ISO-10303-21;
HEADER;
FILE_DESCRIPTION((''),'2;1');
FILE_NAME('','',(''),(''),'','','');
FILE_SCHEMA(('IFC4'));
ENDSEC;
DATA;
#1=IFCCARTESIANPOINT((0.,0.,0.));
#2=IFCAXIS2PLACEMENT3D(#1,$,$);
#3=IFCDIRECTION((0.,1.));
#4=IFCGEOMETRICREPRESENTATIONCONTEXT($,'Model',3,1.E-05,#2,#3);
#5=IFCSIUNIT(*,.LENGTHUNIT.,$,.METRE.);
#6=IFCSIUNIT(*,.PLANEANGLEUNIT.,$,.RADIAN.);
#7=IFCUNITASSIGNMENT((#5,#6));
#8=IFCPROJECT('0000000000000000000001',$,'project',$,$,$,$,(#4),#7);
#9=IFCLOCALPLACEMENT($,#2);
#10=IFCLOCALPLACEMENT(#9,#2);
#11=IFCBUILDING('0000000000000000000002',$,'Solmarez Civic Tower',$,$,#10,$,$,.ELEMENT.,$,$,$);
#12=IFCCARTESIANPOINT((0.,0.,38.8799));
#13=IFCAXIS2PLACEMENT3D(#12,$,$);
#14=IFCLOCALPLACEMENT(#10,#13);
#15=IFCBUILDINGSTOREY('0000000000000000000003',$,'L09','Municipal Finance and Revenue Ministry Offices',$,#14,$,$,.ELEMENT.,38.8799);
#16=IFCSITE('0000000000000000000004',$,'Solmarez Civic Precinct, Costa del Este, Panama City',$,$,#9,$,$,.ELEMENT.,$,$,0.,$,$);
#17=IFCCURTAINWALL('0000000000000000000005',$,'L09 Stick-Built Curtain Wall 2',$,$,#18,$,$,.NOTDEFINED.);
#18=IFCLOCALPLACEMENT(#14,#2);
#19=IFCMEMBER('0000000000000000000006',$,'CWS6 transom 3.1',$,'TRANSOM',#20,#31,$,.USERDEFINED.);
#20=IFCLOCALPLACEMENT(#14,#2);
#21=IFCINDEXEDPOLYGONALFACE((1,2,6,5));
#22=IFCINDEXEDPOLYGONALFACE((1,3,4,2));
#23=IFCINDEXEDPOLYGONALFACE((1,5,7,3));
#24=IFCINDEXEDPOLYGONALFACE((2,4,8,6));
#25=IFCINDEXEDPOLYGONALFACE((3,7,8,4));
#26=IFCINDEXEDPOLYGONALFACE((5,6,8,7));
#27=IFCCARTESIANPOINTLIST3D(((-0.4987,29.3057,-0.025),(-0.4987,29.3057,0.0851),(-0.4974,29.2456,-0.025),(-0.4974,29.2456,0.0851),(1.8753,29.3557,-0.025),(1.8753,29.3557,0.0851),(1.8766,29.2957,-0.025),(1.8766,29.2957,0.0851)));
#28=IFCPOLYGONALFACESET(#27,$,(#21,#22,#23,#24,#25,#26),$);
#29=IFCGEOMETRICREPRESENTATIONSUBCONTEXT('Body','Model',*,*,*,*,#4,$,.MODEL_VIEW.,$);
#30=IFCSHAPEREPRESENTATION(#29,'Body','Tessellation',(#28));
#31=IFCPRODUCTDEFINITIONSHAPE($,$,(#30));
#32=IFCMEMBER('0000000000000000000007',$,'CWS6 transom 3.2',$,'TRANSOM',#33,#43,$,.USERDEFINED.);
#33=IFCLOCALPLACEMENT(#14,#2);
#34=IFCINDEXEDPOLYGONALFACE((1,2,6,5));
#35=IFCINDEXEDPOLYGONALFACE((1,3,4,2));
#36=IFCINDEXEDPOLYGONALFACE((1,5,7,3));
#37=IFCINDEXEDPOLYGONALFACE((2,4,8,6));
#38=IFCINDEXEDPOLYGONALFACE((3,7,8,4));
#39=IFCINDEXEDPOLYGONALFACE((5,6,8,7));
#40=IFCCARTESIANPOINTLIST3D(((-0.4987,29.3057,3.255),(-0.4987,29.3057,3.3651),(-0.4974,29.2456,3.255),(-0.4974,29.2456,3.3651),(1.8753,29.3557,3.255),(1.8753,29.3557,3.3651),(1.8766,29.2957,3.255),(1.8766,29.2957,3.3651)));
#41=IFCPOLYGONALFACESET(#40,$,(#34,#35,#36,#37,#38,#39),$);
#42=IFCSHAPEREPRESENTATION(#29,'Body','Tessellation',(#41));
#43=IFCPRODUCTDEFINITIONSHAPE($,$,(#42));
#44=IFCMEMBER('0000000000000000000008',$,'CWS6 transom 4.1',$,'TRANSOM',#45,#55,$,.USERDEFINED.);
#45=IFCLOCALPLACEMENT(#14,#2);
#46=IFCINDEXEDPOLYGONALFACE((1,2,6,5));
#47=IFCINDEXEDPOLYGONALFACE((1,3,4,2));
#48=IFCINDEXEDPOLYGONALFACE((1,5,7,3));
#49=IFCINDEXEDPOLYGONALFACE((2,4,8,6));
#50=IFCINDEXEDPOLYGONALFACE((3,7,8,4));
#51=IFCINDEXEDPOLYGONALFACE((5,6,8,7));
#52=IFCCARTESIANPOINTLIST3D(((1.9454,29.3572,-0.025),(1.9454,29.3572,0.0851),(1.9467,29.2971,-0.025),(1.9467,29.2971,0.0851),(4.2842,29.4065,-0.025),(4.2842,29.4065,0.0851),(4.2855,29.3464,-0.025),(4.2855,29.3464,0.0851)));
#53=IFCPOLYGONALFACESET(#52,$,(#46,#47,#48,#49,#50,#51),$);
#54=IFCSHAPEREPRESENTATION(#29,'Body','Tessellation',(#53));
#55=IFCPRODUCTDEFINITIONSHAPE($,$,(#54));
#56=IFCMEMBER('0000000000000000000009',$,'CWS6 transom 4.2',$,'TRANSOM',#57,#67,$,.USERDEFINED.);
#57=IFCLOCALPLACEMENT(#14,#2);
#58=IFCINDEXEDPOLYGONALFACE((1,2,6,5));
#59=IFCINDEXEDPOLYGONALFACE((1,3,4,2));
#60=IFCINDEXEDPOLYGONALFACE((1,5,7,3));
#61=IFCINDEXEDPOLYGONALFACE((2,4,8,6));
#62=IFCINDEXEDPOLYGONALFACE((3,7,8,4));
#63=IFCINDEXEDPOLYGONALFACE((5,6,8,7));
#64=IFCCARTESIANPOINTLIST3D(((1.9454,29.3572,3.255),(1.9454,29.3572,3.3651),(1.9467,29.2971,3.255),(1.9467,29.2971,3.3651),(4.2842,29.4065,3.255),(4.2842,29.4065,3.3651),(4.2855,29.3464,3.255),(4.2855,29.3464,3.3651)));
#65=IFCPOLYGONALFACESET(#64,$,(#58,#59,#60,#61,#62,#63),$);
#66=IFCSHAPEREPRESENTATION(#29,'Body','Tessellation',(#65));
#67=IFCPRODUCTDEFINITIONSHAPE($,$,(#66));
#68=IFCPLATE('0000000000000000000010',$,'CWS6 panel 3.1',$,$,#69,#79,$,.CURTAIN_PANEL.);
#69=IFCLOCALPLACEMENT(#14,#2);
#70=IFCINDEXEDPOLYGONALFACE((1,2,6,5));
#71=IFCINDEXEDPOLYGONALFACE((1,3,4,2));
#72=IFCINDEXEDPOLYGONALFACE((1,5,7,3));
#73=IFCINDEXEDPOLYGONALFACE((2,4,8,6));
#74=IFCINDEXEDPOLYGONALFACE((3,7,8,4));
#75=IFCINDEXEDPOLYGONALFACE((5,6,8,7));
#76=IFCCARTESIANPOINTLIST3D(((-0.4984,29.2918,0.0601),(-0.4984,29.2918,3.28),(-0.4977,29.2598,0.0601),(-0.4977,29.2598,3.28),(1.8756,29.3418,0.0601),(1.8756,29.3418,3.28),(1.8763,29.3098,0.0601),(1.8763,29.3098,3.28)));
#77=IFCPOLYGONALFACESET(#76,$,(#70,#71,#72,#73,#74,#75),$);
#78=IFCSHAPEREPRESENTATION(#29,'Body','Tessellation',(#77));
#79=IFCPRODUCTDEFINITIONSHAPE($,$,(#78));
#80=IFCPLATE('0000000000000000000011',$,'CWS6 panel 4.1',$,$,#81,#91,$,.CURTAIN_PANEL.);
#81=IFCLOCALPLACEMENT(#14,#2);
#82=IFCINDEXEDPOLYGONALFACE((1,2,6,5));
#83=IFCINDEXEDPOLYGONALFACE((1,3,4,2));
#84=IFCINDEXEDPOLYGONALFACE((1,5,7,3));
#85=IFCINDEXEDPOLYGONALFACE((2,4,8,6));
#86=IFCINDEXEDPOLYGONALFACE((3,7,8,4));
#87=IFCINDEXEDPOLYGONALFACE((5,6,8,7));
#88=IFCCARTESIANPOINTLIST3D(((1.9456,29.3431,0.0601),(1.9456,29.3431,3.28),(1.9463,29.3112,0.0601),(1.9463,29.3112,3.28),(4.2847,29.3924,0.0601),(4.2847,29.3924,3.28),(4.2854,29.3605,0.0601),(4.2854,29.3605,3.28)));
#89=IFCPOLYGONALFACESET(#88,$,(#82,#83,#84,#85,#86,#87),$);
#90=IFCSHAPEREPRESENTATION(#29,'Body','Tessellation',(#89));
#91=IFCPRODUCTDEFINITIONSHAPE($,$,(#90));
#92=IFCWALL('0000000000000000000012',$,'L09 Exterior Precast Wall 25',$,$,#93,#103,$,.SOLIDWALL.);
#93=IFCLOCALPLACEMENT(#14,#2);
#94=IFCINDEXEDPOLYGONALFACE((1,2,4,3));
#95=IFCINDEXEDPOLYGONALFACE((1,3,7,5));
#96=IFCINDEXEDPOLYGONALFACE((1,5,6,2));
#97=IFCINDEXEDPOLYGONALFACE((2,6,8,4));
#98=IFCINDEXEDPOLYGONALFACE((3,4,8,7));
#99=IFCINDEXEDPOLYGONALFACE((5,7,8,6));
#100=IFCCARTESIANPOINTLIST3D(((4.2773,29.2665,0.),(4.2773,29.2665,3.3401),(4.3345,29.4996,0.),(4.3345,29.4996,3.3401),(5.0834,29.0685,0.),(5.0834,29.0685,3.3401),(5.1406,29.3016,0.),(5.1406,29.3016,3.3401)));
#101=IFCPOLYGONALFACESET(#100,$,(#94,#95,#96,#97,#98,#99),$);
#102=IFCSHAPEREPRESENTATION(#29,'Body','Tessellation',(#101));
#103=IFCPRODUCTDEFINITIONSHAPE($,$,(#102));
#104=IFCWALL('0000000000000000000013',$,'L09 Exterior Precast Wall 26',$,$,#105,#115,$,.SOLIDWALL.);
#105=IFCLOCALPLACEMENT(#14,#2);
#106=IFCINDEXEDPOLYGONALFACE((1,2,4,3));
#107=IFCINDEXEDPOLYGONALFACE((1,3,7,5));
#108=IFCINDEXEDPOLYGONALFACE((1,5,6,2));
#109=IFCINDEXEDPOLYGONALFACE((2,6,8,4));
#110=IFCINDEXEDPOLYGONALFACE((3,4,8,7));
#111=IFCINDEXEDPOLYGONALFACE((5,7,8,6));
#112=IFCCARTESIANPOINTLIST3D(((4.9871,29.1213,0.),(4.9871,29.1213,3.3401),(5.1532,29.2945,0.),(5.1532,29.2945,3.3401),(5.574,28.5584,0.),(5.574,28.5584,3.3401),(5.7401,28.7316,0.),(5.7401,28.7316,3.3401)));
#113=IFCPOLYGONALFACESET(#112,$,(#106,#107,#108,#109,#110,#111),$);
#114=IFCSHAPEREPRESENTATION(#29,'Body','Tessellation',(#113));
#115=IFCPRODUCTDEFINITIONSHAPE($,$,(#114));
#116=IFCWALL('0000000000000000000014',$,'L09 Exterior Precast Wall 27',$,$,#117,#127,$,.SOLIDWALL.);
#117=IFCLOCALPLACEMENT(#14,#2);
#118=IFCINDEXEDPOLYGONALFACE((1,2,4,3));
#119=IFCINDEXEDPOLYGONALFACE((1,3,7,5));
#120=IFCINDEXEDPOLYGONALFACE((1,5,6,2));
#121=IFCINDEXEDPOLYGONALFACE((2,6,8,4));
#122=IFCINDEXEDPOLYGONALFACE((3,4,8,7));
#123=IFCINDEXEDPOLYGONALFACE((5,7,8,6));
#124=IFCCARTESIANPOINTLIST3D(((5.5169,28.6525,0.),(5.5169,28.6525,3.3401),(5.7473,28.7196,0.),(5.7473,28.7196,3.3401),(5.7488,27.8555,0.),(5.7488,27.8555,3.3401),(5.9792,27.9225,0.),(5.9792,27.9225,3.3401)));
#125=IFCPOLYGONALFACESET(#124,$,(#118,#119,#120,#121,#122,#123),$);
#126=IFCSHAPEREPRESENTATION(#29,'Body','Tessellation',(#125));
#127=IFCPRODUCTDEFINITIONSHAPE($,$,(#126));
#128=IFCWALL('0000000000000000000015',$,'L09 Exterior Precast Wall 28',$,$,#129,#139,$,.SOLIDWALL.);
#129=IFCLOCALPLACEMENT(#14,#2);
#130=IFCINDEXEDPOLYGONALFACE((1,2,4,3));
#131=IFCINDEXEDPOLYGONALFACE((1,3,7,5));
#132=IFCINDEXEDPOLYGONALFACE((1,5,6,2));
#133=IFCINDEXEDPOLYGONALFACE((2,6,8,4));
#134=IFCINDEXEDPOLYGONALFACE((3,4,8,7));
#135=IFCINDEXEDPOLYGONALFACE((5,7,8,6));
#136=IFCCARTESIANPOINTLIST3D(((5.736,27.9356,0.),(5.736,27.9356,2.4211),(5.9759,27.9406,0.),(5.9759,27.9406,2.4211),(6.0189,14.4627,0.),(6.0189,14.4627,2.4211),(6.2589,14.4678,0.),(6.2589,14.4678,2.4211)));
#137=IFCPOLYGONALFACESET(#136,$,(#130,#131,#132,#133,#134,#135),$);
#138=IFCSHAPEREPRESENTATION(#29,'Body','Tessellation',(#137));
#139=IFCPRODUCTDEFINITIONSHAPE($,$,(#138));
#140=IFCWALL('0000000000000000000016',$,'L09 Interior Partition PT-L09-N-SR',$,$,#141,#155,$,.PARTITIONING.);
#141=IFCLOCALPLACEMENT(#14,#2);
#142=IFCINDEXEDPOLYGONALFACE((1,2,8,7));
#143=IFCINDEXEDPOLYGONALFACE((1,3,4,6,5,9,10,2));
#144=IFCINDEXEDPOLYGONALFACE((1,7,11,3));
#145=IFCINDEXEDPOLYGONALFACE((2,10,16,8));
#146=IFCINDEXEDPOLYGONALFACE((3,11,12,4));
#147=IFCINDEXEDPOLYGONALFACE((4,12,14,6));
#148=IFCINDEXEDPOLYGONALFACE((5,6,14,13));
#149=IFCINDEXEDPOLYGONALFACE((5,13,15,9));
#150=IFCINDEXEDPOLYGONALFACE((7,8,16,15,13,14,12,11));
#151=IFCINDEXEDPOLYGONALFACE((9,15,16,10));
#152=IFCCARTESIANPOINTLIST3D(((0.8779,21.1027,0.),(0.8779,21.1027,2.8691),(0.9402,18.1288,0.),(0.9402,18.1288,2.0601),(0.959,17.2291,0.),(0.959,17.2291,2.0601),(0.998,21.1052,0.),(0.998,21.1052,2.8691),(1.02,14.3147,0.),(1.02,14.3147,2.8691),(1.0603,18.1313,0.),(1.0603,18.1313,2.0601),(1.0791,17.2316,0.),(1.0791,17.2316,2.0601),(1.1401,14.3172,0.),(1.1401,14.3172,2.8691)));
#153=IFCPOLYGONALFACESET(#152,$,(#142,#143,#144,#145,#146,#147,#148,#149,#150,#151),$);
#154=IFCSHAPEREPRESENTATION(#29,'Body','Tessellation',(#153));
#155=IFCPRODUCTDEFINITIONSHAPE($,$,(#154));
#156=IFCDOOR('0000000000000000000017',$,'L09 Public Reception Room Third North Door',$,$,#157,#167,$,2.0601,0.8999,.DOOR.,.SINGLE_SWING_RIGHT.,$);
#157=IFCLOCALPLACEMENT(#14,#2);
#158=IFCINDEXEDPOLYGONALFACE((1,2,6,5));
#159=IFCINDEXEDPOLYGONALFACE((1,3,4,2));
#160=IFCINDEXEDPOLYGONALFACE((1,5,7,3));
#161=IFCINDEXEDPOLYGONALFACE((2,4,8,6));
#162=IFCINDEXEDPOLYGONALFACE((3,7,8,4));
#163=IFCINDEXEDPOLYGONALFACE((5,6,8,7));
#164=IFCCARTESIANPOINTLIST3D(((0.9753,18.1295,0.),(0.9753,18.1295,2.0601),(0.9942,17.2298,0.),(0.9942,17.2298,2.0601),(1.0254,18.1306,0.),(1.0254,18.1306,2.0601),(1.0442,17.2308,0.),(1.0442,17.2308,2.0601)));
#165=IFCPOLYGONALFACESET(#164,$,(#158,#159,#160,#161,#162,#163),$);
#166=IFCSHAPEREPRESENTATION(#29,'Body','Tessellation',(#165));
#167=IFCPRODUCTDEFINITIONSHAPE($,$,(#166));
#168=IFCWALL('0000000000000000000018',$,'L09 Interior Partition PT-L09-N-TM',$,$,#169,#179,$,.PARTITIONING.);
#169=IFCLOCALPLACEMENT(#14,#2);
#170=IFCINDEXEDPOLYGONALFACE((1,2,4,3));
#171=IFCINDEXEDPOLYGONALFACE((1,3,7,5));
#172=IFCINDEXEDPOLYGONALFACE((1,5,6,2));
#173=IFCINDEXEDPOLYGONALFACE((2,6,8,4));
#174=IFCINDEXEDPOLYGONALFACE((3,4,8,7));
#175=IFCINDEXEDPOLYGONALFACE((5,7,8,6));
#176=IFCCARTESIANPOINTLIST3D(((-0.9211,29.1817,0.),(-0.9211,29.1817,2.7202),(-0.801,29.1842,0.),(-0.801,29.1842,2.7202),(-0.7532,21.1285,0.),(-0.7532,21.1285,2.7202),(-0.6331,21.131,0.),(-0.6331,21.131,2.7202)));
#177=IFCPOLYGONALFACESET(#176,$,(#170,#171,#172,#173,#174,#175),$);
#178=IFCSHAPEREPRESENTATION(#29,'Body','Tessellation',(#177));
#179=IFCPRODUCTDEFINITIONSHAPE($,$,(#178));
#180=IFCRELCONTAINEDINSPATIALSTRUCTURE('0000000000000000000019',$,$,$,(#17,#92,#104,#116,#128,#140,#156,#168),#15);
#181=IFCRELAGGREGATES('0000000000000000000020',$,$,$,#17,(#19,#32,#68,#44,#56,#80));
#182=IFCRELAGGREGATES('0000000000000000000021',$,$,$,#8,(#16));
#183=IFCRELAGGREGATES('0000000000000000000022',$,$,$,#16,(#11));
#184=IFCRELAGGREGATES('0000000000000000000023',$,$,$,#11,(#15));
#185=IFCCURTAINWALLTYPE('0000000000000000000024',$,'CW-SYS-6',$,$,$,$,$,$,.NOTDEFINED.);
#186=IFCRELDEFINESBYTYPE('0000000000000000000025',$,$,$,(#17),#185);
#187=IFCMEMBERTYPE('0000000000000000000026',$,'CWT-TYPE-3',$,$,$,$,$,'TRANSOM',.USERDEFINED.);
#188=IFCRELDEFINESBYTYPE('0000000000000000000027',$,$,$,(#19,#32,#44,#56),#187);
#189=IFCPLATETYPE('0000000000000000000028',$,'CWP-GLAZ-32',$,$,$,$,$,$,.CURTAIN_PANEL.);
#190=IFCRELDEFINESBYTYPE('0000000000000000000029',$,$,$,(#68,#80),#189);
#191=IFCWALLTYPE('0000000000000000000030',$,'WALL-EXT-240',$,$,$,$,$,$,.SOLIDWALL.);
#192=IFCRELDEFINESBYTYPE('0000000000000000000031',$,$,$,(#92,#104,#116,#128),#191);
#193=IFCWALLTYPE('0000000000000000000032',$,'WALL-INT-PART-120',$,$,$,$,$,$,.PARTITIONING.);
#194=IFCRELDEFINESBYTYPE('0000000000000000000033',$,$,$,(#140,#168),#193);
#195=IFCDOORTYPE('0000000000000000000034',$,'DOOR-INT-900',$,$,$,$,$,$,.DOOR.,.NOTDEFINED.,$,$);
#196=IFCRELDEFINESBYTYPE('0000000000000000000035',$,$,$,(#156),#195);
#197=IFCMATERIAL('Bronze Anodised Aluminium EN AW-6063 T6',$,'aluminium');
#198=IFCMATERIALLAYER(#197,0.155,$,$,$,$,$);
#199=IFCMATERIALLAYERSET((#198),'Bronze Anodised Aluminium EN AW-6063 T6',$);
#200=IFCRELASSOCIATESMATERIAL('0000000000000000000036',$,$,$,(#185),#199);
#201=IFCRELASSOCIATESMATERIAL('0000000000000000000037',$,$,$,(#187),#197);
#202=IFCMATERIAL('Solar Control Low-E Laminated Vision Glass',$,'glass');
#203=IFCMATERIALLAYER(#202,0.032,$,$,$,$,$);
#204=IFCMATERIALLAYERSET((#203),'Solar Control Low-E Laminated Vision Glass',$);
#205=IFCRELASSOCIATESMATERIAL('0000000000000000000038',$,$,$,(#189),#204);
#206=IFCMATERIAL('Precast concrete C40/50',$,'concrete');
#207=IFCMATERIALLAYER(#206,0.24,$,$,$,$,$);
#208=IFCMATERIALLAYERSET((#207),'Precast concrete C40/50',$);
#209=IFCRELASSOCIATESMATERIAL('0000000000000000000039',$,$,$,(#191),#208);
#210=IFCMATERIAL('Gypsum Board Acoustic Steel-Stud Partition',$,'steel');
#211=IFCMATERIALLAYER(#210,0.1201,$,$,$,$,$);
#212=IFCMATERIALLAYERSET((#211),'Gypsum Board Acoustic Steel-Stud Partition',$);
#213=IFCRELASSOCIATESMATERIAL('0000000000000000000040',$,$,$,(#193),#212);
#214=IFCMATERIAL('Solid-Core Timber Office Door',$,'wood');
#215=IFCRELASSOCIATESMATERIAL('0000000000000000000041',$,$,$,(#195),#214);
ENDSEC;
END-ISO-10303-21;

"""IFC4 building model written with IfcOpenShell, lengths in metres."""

from ifc_helpers import new_model, si_unit, direction, frame, frame_2d, origin, origin_2d, place, context, subcontext, project, spatial, rectangle, extrude, material, layer, layer_set, material_profile, profile_set, type_object, element, fill, aggregate, save


model = new_model("IFC4")

# Units and contexts
model_context = context("Model", 3, precision=1e-05, world=origin(), true_north=direction((0.0, 1.0)))
body_context = subcontext(model_context, "Body", "Model", "MODEL_VIEW")
ifc_project = project(units=[si_unit("LENGTHUNIT", "METRE"), si_unit("PLANEANGLEUNIT", "RADIAN")], contexts=[model_context])

# Site, building, storey
site_placement = place(None, origin())
site = spatial("IfcSite", under=ifc_project, at=site_placement, Name="Solmarez Civic Precinct, Costa del Este, Panama City", CompositionType="ELEMENT", RefElevation=0.0)
building_placement = place(site_placement, origin())
building = spatial("IfcBuilding", under=site, at=building_placement, Name="Solmarez Civic Tower", CompositionType="ELEMENT")
storey_placement = place(building_placement, frame((0.0, 0.0, 38.8799)))
storey = spatial("IfcBuildingStorey", under=building, at=storey_placement, Name="L09", Description="Municipal Finance and Revenue Ministry Offices", CompositionType="ELEMENT", Elevation=38.8799)

# Curtain wall, members, plates
ifc_material_1 = material(Name="Bronze Anodised Aluminium EN AW-6063 T6", Category="aluminium")
ifc_layer_1 = layer(ifc_material_1, 0.155)
ifc_layer_set_1 = layer_set([ifc_layer_1], Name="Bronze Anodised Aluminium EN AW-6063 T6")
curtain_wall_type = type_object("IfcCurtainWallType", Name="CW-SYS-6", PredefinedType="NOTDEFINED", material=ifc_layer_set_1)
curtain_wall_placement = place(storey_placement, origin())
curtain_wall = element("IfcCurtainWall", 1, at=curtain_wall_placement, inside=storey, type_object=curtain_wall_type, Name="L09 Stick-Built Curtain Wall 2", PredefinedType="NOTDEFINED")
ifc_material_profile_1 = material_profile(ifc_material_1, rectangle(XDim=0.0601, YDim=0.1101, at=origin_2d()), Name="CWT-60X110")
ifc_profile_set_1 = profile_set([ifc_material_profile_1], Name="Bronze Anodised Aluminium EN AW-6063 T6")
member_type_1 = type_object("IfcMemberType", Name="CWT-TYPE-3", ElementType="TRANSOM", PredefinedType="USERDEFINED", material=ifc_profile_set_1)
member_1_placement = place(storey_placement, frame((-0.498, 29.2756, 0.03), z_axis=(0.999778, 0.021077, 0.0), x_axis=(-0.021077, 0.999778, 0.0)))
member_1 = element("IfcMember", 2, at=member_1_placement, type_object=member_type_1, Name="CWS6 transom 3.1", ObjectType="TRANSOM", PredefinedType="USERDEFINED", context=body_context, shape_type="SweptSolid", body=[
    extrude(rectangle(XDim=0.0601, YDim=0.1101, at=origin_2d()), origin(), (0.0, 0.0, 1.0), 2.3745),
])
member_2_placement = place(storey_placement, frame((-0.498, 29.2756, 3.3101), z_axis=(0.999778, 0.021077, 0.0), x_axis=(-0.021077, 0.999778, 0.0)))
member_2 = element("IfcMember", 3, at=member_2_placement, type_object=member_type_1, Name="CWS6 transom 3.2", ObjectType="TRANSOM", PredefinedType="USERDEFINED", context=body_context, shape_type="SweptSolid", body=[
    extrude(rectangle(XDim=0.0601, YDim=0.1101, at=origin_2d()), origin(), (0.0, 0.0, 1.0), 2.3745),
])
member_3_placement = place(storey_placement, frame((1.946, 29.3271, 0.03), z_axis=(0.999778, 0.021081, 0.0), x_axis=(-0.021081, 0.999778, 0.0)))
member_3 = element("IfcMember", 4, at=member_3_placement, type_object=member_type_1, Name="CWS6 transom 4.1", ObjectType="TRANSOM", PredefinedType="USERDEFINED", context=body_context, shape_type="SweptSolid", body=[
    extrude(rectangle(XDim=0.0601, YDim=0.1101, at=origin_2d()), origin(), (0.0, 0.0, 1.0), 2.3394),
])
member_4_placement = place(storey_placement, frame((1.946, 29.3271, 3.3101), z_axis=(0.999778, 0.021081, 0.0), x_axis=(-0.021081, 0.999778, 0.0)))
member_4 = element("IfcMember", 5, at=member_4_placement, type_object=member_type_1, Name="CWS6 transom 4.2", ObjectType="TRANSOM", PredefinedType="USERDEFINED", context=body_context, shape_type="SweptSolid", body=[
    extrude(rectangle(XDim=0.0601, YDim=0.1101, at=origin_2d()), origin(), (0.0, 0.0, 1.0), 2.3394),
])
ifc_material_2 = material(Name="Solar Control Low-E Laminated Vision Glass", Category="glass")
ifc_layer_2 = layer(ifc_material_2, 0.032)
ifc_layer_set_2 = layer_set([ifc_layer_2], Name="Solar Control Low-E Laminated Vision Glass")
plate_type = type_object("IfcPlateType", Name="CWP-GLAZ-32", PredefinedType="CURTAIN_PANEL", material=ifc_layer_set_2)
plate_1_placement = place(storey_placement, frame((0.689, 29.3008, 0.0601), z_axis=(0.0, 0.0, 1.0), x_axis=(0.999778, 0.021067, 0.0)))
plate_1 = element("IfcPlate", 6, at=plate_1_placement, type_object=plate_type, Name="CWS6 panel 3.1", PredefinedType="CURTAIN_PANEL", context=body_context, shape_type="SweptSolid", body=[
    extrude(rectangle(XDim=2.3745, YDim=0.032, at=origin_2d()), origin(), (0.0, 0.0, 1.0), 3.22),
])
plate_2_placement = place(storey_placement, frame((3.1155, 29.3518, 0.0601), z_axis=(0.0, 0.0, 1.0), x_axis=(0.999778, 0.021067, 0.0)))
plate_2 = element("IfcPlate", 7, at=plate_2_placement, type_object=plate_type, Name="CWS6 panel 4.1", PredefinedType="CURTAIN_PANEL", context=body_context, shape_type="SweptSolid", body=[
    extrude(rectangle(XDim=2.3396, YDim=0.032, at=origin_2d()), origin(), (0.0, 0.0, 1.0), 3.22),
])
aggregate(curtain_wall, [member_1, member_2, plate_1, member_3, member_4, plate_2])

# Walls
ifc_material_3 = material(Name="Precast concrete C40/50", Category="concrete")
ifc_layer_3 = layer(ifc_material_3, 0.24)
ifc_layer_set_3 = layer_set([ifc_layer_3], Name="Precast concrete C40/50")
wall_type_1 = type_object("IfcWallType", Name="WALL-EXT-240", PredefinedType="SOLIDWALL", material=ifc_layer_set_3)
wall_1_placement = place(storey_placement, frame((4.3059, 29.3831, 0.0), z_axis=(0.0, 0.0, 1.0), x_axis=(0.971138, -0.23852, 0.0)))
element("IfcWall", 8, at=wall_1_placement, inside=storey, type_object=wall_type_1, Name="L09 Exterior Precast Wall 25", PredefinedType="SOLIDWALL", context=body_context, shape_type="SweptSolid", body=[
    extrude(rectangle(XDim=0.8301, YDim=0.24, at=frame_2d((0.415, 0.0))), origin(), (0.0, 0.0, 1.0), 3.3401),
])
wall_2_placement = place(storey_placement, frame((5.0701, 29.208, 0.0), z_axis=(0.0, 0.0, 1.0), x_axis=(0.721663, -0.692244, 0.0)))
element("IfcWall", 9, at=wall_2_placement, inside=storey, type_object=wall_type_1, Name="L09 Exterior Precast Wall 26", PredefinedType="SOLIDWALL", context=body_context, shape_type="SweptSolid", body=[
    extrude(rectangle(XDim=0.8132, YDim=0.24, at=frame_2d((0.4067, 0.0))), origin(), (0.0, 0.0, 1.0), 3.3401),
])
wall_3_placement = place(storey_placement, frame((5.6321, 28.686, 0.0), z_axis=(0.0, 0.0, 1.0), x_axis=(0.279379, -0.960181, 0.0)))
element("IfcWall", 10, at=wall_3_placement, inside=storey, type_object=wall_type_1, Name="L09 Exterior Precast Wall 27", PredefinedType="SOLIDWALL", context=body_context, shape_type="SweptSolid", body=[
    extrude(rectangle(XDim=0.8301, YDim=0.24, at=frame_2d((0.415, 0.0))), origin(), (0.0, 0.0, 1.0), 3.3401),
])
wall_4_placement = place(storey_placement, frame((5.856, 27.938, 0.0), z_axis=(0.0, 0.0, 1.0), x_axis=(0.020997, -0.99978, 0.0)))
element("IfcWall", 11, at=wall_4_placement, inside=storey, type_object=wall_type_1, Name="L09 Exterior Precast Wall 28", PredefinedType="SOLIDWALL", context=body_context, shape_type="SweptSolid", body=[
    extrude(rectangle(XDim=13.4758, YDim=0.24, at=frame_2d((6.7378, 0.0))), origin(), (0.0, 0.0, 1.0), 2.4211),
])

# Wall, opening, door
ifc_material_4 = material(Name="Gypsum Board Acoustic Steel-Stud Partition", Category="steel")
ifc_layer_4 = layer(ifc_material_4, 0.1201)
ifc_layer_set_4 = layer_set([ifc_layer_4], Name="Gypsum Board Acoustic Steel-Stud Partition")
wall_type_2 = type_object("IfcWallType", Name="WALL-INT-PART-120", PredefinedType="PARTITIONING", material=ifc_layer_set_4)
wall_5_placement = place(storey_placement, frame((1.0801, 14.3159, 0.0), z_axis=(0.0, 0.0, 1.0), x_axis=(-0.020928, 0.999781, 0.0)))
wall_5 = element("IfcWall", 12, at=wall_5_placement, inside=storey, type_object=wall_type_2, Name="L09 Interior Partition PT-L09-N-SR", PredefinedType="PARTITIONING", context=body_context, shape_type="SweptSolid", body=[
    extrude(rectangle(XDim=6.7896, YDim=0.1201, at=frame_2d((3.3948, 0.0))), origin(), (0.0, 0.0, 1.0), 2.8691),
])
opening_1_placement = place(wall_5_placement, frame((2.915, 0.0, 0.0)))
opening_1 = element("IfcOpeningElement", 13, at=opening_1_placement, cuts=wall_5, PredefinedType="OPENING", context=body_context, shape_type="SweptSolid", body=[
    extrude(rectangle(XDim=0.8999, YDim=2.0601, at=frame_2d((0.45, 1.03))), frame((0.0, 0.0701, 0.0), z_axis=(0.0, -1.0, 0.0), x_axis=(1.0, 0.0, 0.0)), (0.0, 0.0, 1.0), 0.1401),
])
ifc_material_5 = material(Name="Solid-Core Timber Office Door", Category="wood")
door_type_1 = type_object("IfcDoorType", Name="DOOR-INT-900", OperationType="NOTDEFINED", PredefinedType="DOOR", material=ifc_material_5)
door_1_placement = place(opening_1_placement, origin())
door_1 = element("IfcDoor", 14, at=door_1_placement, inside=storey, type_object=door_type_1, Name="L09 Public Reception Room Third North Door", OperationType="SINGLE_SWING_RIGHT", OverallHeight=2.0601, OverallWidth=0.8999, PredefinedType="DOOR", context=body_context, shape_type="SweptSolid", body=[
    extrude(rectangle(XDim=0.8999, YDim=2.0601, at=frame_2d((0.45, 1.03))), frame((0.0, 0.0249, 0.0), z_axis=(0.0, -1.0, 0.0), x_axis=(1.0, 0.0, 0.0)), (0.0, 0.0, 1.0), 0.05),
])
fill(opening_1, door_1)

# Wall
wall_6_placement = place(storey_placement, frame((-0.6931, 21.1299, 0.0), z_axis=(0.0, 0.0, 1.0), x_axis=(-0.020853, 0.999783, 0.0)))
element("IfcWall", 15, at=wall_6_placement, inside=storey, type_object=wall_type_2, Name="L09 Interior Partition PT-L09-N-TM", PredefinedType="PARTITIONING", context=body_context, shape_type="SweptSolid", body=[
    extrude(rectangle(XDim=8.0549, YDim=0.1201, at=frame_2d((4.0273, 0.0))), origin(), (0.0, 0.0, 1.0), 2.7202),
])

save(model, "model.ifc")
